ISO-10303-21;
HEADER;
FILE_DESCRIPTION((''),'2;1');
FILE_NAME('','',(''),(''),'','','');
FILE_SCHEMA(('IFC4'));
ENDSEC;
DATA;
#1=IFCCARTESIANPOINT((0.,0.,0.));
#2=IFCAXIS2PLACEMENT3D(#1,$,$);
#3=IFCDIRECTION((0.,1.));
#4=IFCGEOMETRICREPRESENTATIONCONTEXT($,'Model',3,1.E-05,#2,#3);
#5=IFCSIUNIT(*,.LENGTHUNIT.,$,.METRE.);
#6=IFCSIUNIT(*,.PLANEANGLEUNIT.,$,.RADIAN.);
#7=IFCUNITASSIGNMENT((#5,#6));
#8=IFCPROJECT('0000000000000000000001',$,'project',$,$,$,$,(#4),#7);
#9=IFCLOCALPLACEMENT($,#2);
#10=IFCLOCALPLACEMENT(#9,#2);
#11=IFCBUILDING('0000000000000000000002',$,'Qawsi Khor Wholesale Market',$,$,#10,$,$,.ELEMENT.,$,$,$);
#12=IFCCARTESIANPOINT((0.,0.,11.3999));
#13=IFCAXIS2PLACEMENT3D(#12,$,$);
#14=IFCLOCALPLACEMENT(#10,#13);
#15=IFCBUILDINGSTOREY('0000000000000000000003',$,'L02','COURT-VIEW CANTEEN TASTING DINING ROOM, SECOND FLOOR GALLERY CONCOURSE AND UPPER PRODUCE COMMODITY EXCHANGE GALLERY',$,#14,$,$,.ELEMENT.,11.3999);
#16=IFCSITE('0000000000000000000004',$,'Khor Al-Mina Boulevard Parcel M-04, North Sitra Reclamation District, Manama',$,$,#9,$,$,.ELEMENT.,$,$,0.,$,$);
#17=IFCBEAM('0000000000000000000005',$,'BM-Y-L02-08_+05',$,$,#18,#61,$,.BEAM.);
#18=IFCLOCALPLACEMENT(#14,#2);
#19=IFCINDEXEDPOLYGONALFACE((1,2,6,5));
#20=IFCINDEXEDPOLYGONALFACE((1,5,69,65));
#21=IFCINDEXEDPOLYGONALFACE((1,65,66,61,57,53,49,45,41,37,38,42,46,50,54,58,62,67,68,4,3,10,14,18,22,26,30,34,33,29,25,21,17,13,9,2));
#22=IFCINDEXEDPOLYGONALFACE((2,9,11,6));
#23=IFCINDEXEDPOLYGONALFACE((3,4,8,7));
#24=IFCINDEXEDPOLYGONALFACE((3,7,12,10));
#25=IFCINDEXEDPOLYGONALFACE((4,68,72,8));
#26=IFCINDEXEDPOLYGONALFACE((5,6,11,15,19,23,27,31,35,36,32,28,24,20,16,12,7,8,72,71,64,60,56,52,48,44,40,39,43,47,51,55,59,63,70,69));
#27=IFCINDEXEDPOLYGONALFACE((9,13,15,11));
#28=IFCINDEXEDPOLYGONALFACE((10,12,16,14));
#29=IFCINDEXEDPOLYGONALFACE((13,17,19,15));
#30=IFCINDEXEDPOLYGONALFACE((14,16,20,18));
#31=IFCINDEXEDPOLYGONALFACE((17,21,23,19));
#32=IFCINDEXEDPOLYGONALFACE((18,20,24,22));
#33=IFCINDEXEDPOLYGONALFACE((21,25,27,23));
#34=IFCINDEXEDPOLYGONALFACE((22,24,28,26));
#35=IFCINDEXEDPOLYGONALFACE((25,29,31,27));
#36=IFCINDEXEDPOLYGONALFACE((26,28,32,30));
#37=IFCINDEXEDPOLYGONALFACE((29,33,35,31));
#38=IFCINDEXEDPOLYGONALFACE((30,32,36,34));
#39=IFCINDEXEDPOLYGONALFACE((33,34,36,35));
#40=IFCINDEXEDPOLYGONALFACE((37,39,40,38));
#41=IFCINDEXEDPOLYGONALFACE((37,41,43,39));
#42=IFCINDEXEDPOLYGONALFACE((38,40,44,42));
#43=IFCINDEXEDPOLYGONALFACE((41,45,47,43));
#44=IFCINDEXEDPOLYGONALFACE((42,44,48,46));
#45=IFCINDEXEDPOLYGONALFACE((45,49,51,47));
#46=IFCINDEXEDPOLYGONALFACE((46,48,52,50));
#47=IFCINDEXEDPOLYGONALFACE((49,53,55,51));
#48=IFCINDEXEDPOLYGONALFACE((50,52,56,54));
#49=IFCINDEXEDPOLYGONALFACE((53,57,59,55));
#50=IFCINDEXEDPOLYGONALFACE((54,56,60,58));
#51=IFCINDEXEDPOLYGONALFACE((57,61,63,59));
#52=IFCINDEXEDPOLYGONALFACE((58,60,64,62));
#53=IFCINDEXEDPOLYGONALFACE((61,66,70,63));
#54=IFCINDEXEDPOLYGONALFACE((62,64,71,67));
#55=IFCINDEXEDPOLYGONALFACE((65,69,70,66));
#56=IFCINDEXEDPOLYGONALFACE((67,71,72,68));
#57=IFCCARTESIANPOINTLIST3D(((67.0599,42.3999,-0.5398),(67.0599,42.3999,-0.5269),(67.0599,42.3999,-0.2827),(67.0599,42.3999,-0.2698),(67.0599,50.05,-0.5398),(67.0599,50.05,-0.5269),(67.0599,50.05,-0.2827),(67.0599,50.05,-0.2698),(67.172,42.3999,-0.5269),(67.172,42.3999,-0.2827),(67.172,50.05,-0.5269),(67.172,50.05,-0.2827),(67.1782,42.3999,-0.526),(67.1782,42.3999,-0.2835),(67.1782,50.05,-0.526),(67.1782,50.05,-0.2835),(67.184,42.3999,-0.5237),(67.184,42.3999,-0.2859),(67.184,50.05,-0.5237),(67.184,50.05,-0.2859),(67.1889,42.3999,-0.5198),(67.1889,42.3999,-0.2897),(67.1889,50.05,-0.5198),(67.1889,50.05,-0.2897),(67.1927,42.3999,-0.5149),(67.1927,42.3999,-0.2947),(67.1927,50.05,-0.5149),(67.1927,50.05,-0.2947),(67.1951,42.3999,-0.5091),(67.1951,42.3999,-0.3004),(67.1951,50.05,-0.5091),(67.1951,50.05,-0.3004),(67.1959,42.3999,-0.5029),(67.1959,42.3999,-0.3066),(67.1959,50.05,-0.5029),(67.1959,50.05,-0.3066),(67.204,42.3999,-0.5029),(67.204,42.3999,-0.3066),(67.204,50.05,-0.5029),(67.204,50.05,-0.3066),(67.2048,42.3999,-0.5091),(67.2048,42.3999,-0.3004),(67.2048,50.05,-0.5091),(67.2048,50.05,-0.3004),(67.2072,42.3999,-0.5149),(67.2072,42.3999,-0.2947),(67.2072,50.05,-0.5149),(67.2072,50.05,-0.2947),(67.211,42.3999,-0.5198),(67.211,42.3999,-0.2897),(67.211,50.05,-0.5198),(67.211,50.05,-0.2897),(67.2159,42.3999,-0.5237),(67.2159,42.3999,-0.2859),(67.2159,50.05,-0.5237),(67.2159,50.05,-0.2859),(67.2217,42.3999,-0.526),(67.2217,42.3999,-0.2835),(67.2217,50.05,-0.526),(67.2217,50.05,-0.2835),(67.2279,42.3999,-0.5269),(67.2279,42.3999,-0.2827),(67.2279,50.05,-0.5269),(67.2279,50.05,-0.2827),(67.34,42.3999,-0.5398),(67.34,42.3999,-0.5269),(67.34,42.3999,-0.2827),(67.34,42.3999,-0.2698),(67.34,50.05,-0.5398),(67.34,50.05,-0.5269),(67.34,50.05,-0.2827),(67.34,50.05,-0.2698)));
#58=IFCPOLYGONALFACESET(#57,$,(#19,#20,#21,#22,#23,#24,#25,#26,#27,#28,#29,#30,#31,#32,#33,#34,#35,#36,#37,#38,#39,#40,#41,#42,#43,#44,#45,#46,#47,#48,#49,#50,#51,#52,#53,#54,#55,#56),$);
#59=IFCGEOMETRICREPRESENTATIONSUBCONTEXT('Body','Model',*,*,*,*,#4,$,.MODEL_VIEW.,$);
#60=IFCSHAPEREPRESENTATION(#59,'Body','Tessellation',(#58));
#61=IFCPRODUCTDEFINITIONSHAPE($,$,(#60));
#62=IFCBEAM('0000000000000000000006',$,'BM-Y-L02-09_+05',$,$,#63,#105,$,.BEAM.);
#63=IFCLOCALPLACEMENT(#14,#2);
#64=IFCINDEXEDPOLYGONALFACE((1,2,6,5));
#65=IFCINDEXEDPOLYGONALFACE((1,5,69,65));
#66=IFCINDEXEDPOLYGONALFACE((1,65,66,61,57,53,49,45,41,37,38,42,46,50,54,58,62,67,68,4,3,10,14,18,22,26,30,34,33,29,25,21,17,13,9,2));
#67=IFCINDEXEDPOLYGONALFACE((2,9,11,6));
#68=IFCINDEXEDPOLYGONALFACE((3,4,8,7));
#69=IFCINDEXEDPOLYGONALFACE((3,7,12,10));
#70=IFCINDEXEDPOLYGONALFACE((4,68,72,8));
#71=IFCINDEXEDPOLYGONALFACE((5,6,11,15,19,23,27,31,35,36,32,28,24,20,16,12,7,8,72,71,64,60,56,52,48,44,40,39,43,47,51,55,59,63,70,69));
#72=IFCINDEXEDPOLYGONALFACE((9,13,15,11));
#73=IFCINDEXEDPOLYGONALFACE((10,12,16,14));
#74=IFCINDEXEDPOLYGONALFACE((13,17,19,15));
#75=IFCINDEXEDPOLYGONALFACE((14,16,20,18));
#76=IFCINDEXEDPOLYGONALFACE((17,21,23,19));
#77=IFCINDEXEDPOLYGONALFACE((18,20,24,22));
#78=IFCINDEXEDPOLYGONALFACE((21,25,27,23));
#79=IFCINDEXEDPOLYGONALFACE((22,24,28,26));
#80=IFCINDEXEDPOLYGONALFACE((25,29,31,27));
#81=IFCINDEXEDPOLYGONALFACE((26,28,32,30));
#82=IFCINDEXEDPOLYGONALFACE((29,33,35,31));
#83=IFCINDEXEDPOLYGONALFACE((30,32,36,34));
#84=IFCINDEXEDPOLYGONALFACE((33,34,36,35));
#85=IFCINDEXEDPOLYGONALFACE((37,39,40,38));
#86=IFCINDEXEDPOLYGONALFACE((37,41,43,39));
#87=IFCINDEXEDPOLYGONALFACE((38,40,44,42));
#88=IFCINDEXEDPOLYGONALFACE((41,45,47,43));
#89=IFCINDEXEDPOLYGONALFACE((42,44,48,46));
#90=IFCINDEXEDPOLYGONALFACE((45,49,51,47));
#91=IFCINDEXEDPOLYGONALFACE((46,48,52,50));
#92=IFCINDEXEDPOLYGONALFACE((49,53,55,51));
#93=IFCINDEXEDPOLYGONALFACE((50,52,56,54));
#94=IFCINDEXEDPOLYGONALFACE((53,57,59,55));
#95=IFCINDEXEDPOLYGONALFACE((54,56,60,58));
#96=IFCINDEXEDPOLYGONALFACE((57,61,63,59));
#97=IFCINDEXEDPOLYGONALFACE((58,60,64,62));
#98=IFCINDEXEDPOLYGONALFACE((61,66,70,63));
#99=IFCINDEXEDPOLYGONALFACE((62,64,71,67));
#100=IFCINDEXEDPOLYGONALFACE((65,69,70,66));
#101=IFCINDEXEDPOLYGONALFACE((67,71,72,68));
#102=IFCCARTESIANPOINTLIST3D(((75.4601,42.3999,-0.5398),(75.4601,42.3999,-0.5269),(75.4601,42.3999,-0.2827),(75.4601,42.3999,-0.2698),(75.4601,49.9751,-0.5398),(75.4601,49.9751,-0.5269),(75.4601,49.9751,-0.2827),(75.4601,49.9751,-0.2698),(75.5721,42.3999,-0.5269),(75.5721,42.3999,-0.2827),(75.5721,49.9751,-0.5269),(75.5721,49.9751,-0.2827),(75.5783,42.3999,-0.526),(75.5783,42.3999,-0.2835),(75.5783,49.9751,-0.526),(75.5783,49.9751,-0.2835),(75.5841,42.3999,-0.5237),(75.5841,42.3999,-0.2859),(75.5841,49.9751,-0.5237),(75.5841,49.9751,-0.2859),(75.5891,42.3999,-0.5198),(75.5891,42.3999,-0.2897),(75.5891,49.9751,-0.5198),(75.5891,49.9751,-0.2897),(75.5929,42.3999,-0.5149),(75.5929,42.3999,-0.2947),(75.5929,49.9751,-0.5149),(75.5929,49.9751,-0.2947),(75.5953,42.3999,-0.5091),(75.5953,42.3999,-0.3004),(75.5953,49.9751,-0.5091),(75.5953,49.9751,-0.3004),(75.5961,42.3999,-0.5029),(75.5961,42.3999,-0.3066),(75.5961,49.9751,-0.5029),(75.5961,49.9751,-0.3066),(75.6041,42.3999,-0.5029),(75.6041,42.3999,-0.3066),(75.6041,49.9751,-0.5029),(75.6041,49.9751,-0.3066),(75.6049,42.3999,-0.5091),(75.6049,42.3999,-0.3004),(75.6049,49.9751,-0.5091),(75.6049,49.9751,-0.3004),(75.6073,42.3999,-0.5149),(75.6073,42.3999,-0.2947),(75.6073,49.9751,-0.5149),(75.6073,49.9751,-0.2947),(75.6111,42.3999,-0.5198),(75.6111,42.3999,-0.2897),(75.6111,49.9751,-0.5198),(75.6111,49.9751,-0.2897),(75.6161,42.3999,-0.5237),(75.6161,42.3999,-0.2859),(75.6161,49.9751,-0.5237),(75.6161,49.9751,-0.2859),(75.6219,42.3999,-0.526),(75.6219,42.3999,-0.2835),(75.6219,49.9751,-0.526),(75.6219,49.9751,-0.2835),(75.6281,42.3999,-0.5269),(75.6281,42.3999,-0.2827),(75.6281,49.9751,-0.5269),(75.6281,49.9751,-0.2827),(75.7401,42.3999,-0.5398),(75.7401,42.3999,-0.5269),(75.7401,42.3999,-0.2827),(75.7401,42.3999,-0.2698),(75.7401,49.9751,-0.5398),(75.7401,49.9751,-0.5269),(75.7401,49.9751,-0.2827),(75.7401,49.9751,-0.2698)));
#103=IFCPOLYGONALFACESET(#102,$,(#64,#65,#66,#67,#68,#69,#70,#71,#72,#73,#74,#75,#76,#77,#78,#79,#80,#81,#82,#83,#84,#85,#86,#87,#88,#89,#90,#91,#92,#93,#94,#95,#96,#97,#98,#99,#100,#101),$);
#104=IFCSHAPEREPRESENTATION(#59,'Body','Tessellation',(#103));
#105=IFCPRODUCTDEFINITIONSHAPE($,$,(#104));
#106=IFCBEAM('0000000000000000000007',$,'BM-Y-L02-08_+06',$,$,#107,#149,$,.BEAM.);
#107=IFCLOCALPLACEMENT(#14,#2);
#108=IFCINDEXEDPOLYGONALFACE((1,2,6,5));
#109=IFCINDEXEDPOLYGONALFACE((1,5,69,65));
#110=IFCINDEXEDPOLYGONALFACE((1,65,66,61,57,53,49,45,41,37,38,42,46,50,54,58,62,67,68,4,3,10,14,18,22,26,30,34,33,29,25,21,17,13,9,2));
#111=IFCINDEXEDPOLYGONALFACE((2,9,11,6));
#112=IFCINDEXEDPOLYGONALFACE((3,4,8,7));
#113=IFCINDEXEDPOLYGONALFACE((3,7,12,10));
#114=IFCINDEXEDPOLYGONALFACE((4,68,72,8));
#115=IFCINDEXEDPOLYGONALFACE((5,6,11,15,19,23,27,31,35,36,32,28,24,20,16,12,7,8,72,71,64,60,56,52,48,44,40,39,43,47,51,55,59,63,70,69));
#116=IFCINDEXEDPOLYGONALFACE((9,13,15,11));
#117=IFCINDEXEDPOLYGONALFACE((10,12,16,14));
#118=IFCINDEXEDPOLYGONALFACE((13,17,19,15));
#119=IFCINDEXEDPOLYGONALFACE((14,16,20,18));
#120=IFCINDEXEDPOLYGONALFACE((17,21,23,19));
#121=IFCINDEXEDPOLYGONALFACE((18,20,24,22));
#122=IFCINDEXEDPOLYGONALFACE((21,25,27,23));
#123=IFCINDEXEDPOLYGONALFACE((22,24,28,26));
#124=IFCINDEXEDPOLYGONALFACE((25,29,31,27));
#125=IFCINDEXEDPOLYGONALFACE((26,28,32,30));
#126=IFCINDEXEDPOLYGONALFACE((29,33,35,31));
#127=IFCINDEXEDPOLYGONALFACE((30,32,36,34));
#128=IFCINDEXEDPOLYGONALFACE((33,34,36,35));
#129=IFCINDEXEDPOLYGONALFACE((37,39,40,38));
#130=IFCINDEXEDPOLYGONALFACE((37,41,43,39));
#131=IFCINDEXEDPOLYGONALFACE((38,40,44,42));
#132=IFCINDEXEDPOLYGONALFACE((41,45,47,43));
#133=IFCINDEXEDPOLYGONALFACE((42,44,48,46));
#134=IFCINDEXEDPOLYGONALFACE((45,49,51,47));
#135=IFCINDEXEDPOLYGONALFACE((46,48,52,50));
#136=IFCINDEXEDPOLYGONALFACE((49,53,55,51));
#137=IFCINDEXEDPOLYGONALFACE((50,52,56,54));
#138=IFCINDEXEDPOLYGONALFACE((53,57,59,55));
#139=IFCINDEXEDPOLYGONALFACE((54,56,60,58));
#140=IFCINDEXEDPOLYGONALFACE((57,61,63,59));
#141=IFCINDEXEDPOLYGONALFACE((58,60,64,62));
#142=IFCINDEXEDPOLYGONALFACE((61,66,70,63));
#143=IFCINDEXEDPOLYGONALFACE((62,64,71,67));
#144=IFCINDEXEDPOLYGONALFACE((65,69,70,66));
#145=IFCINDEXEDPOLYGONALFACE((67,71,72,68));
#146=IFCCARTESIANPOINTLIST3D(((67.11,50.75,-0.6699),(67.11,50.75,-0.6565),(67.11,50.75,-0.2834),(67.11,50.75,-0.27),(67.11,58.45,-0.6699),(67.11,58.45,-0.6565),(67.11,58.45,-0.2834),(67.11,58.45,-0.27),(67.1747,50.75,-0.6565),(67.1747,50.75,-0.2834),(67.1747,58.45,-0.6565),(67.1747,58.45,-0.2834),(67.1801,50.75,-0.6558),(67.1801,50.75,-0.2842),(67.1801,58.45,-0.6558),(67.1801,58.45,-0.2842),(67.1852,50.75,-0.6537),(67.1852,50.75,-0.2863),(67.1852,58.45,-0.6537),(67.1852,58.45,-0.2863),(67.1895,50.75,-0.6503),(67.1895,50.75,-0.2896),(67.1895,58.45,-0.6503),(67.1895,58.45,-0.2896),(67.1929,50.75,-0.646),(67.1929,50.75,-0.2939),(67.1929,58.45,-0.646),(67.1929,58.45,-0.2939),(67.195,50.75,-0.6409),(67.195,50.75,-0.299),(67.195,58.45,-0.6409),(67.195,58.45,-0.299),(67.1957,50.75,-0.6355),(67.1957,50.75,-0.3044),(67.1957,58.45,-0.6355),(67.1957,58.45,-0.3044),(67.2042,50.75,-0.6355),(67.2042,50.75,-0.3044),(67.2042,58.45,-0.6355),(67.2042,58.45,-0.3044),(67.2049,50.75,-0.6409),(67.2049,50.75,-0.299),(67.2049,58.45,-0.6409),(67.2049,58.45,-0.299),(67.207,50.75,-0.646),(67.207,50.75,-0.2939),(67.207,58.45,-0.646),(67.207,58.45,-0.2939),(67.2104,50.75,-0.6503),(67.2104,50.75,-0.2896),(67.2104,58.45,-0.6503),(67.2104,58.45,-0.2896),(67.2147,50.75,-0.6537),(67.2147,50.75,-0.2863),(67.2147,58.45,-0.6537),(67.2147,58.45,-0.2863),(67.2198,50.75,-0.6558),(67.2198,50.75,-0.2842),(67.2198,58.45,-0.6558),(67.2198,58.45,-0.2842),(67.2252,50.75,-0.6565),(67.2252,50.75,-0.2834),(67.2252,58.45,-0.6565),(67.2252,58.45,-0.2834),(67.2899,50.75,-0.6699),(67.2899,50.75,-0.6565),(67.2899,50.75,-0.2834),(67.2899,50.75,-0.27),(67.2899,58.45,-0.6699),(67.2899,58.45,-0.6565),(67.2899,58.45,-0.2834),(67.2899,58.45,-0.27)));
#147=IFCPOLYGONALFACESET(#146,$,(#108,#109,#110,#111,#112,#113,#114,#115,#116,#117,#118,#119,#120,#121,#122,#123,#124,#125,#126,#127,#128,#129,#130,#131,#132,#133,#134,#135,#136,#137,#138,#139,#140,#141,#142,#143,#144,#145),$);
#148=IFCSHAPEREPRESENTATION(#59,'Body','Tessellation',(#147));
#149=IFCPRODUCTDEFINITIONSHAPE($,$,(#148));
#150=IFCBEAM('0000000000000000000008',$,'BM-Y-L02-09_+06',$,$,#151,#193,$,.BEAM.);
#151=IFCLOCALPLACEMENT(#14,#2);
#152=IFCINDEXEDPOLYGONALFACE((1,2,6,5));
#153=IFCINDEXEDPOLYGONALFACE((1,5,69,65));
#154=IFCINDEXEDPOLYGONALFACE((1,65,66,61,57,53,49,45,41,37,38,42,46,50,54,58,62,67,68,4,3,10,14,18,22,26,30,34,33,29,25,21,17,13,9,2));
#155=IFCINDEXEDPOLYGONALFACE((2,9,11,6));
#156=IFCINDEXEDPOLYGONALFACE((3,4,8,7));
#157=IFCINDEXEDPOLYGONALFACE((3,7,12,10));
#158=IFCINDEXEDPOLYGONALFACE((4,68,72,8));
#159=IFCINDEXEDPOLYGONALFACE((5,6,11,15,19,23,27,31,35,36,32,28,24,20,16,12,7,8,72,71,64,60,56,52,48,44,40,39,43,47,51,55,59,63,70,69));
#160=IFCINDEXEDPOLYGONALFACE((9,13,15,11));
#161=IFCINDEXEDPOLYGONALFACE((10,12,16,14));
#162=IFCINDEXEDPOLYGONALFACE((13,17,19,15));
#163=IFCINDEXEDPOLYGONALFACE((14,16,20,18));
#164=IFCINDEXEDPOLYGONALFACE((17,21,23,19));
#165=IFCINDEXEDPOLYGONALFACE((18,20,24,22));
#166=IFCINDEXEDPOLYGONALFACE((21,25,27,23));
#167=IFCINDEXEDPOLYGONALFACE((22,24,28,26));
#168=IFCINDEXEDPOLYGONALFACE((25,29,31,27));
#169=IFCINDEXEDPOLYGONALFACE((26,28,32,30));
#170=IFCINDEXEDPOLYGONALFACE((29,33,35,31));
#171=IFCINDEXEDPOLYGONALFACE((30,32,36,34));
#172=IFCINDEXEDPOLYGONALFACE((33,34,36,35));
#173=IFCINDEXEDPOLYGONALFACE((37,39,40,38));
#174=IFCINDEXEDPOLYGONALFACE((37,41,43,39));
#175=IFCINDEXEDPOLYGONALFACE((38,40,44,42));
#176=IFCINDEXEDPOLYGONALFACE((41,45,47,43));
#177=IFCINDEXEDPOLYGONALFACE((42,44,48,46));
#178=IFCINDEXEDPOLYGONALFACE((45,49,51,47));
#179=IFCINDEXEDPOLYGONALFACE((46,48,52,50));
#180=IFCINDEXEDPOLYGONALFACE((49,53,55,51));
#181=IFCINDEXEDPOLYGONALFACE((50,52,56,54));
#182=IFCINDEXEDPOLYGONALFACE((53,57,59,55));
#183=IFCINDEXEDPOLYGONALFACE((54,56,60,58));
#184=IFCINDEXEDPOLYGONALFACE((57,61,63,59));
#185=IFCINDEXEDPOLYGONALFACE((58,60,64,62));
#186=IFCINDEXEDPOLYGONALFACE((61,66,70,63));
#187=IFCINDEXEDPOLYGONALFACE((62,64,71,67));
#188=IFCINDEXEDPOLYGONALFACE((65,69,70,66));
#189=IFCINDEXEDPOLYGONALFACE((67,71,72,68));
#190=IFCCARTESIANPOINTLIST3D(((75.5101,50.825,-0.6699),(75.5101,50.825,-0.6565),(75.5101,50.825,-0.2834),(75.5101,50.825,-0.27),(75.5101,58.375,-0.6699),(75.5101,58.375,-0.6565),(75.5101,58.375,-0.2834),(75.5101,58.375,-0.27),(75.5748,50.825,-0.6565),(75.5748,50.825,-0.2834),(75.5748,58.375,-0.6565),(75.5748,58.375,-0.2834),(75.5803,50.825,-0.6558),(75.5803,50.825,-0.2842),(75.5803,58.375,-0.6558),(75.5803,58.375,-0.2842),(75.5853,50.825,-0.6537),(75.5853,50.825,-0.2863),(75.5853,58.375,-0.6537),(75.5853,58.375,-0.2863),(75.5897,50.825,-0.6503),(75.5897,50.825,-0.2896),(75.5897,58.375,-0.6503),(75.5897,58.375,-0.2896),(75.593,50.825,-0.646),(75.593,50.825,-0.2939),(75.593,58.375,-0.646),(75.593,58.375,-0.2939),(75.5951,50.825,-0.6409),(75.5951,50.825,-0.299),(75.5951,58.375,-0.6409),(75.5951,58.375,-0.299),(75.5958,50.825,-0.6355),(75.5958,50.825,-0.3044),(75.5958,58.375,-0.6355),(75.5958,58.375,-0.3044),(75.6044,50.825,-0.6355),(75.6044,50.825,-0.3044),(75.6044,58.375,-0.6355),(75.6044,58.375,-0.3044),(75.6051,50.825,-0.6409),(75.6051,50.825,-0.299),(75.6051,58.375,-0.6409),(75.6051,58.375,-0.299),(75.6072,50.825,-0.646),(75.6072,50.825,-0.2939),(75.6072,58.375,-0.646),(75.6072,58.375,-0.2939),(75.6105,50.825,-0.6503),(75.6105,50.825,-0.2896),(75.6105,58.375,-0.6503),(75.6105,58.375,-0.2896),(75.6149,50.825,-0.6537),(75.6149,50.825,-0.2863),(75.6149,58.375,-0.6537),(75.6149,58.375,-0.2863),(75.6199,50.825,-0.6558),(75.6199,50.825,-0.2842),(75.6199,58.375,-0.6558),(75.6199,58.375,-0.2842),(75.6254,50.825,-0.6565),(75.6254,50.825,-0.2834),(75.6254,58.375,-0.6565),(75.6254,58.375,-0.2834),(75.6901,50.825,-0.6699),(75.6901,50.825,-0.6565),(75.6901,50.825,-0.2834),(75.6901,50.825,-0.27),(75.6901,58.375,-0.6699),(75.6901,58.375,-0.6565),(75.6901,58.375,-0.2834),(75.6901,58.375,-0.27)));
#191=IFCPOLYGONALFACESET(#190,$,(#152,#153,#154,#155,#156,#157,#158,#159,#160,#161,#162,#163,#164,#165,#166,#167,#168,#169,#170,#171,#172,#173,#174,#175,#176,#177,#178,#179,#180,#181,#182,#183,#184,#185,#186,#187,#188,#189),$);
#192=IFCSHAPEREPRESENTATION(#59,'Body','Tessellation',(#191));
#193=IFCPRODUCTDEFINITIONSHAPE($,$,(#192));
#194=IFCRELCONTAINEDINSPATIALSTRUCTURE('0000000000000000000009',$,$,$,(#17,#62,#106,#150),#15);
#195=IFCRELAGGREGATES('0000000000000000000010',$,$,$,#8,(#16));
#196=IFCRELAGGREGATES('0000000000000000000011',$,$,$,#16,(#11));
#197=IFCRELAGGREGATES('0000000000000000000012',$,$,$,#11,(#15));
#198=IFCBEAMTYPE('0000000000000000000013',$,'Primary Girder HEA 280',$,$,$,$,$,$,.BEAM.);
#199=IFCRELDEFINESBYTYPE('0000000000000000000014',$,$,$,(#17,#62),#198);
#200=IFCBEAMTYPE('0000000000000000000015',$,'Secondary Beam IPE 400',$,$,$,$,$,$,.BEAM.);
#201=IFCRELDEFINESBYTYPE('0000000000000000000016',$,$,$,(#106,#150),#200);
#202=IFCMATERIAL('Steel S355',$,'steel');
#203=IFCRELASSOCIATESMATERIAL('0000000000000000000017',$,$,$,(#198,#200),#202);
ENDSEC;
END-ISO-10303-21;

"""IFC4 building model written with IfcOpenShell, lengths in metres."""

from ifc_helpers import new_model, si_unit, direction, frame, origin, origin_2d, place, context, subcontext, project, spatial, i_section, extrude, material, material_profile, profile_set, type_object, element, save


model = new_model("IFC4")

# Units and contexts
model_context = context("Model", 3, precision=1e-05, world=origin(), true_north=direction((0.0, 1.0)))
body_context = subcontext(model_context, "Body", "Model", "MODEL_VIEW")
ifc_project = project(units=[si_unit("LENGTHUNIT", "METRE"), si_unit("PLANEANGLEUNIT", "RADIAN")], contexts=[model_context])

# Site, building, storey
site_placement = place(None, origin())
site = spatial("IfcSite", under=ifc_project, at=site_placement, Name="Khor Al-Mina Boulevard Parcel M-04, North Sitra Reclamation District, Manama", CompositionType="ELEMENT", RefElevation=0.0)
building_placement = place(site_placement, origin())
building = spatial("IfcBuilding", under=site, at=building_placement, Name="Qawsi Khor Wholesale Market", CompositionType="ELEMENT")
storey_placement = place(building_placement, frame((0.0, 0.0, 11.3999)))
storey = spatial("IfcBuildingStorey", under=building, at=storey_placement, Name="L02", Description="COURT-VIEW CANTEEN TASTING DINING ROOM, SECOND FLOOR GALLERY CONCOURSE AND UPPER PRODUCE COMMODITY EXCHANGE GALLERY", CompositionType="ELEMENT", Elevation=11.3999)

# Beams
ifc_material_1 = material(Name="Steel S355", Category="steel")
ifc_material_profile_1 = material_profile(ifc_material_1, i_section(OverallWidth=0.28, OverallDepth=0.27, WebThickness=0.0081, FlangeThickness=0.0129, FilletRadius=0.0239, at=origin_2d()), Name="HEA 280")
ifc_profile_set_1 = profile_set([ifc_material_profile_1], Name="Steel S355")
beam_type_1 = type_object("IfcBeamType", Name="Primary Girder HEA 280", PredefinedType="BEAM", material=ifc_profile_set_1)
beam_1_placement = place(storey_placement, frame((67.2, 42.3999, -0.4048), z_axis=(0.0, 1.0, 0.0), x_axis=(-1.0, 0.0, 0.0)))
element("IfcBeam", 1, at=beam_1_placement, inside=storey, type_object=beam_type_1, Name="BM-Y-L02-08_+05", PredefinedType="BEAM", context=body_context, shape_type="SweptSolid", body=[
    extrude(i_section(OverallWidth=0.28, OverallDepth=0.27, WebThickness=0.0081, FlangeThickness=0.0129, FilletRadius=0.0239, at=origin_2d()), origin(), (0.0, 0.0, 1.0), 7.6501),
])
beam_2_placement = place(storey_placement, frame((75.6001, 42.3999, -0.4048), z_axis=(0.0, 1.0, 0.0), x_axis=(-1.0, 0.0, 0.0)))
element("IfcBeam", 2, at=beam_2_placement, inside=storey, type_object=beam_type_1, Name="BM-Y-L02-09_+05", PredefinedType="BEAM", context=body_context, shape_type="SweptSolid", body=[
    extrude(i_section(OverallWidth=0.28, OverallDepth=0.27, WebThickness=0.0081, FlangeThickness=0.0129, FilletRadius=0.0239, at=origin_2d()), origin(), (0.0, 0.0, 1.0), 7.5752),
])
ifc_material_profile_2 = material_profile(ifc_material_1, i_section(OverallWidth=0.1799, OverallDepth=0.3999, WebThickness=0.0085, FlangeThickness=0.0134, FilletRadius=0.021, at=origin_2d()), Name="IPE 400")
ifc_profile_set_2 = profile_set([ifc_material_profile_2], Name="Steel S355")
beam_type_2 = type_object("IfcBeamType", Name="Secondary Beam IPE 400", PredefinedType="BEAM", material=ifc_profile_set_2)
beam_3_placement = place(storey_placement, frame((67.2, 50.75, -0.47), z_axis=(0.0, 1.0, 0.0), x_axis=(-1.0, 0.0, 0.0)))
element("IfcBeam", 3, at=beam_3_placement, inside=storey, type_object=beam_type_2, Name="BM-Y-L02-08_+06", PredefinedType="BEAM", context=body_context, shape_type="SweptSolid", body=[
    extrude(i_section(OverallWidth=0.1799, OverallDepth=0.3999, WebThickness=0.0085, FlangeThickness=0.0134, FilletRadius=0.021, at=origin_2d()), origin(), (0.0, 0.0, 1.0), 7.7),
])
beam_4_placement = place(storey_placement, frame((75.6001, 50.825, -0.47), z_axis=(0.0, 1.0, 0.0), x_axis=(-1.0, 0.0, 0.0)))
element("IfcBeam", 4, at=beam_4_placement, inside=storey, type_object=beam_type_2, Name="BM-Y-L02-09_+06", PredefinedType="BEAM", context=body_context, shape_type="SweptSolid", body=[
    extrude(i_section(OverallWidth=0.1799, OverallDepth=0.3999, WebThickness=0.0085, FlangeThickness=0.0134, FilletRadius=0.021, at=origin_2d()), origin(), (0.0, 0.0, 1.0), 7.55),
])

save(model, "model.ifc")
